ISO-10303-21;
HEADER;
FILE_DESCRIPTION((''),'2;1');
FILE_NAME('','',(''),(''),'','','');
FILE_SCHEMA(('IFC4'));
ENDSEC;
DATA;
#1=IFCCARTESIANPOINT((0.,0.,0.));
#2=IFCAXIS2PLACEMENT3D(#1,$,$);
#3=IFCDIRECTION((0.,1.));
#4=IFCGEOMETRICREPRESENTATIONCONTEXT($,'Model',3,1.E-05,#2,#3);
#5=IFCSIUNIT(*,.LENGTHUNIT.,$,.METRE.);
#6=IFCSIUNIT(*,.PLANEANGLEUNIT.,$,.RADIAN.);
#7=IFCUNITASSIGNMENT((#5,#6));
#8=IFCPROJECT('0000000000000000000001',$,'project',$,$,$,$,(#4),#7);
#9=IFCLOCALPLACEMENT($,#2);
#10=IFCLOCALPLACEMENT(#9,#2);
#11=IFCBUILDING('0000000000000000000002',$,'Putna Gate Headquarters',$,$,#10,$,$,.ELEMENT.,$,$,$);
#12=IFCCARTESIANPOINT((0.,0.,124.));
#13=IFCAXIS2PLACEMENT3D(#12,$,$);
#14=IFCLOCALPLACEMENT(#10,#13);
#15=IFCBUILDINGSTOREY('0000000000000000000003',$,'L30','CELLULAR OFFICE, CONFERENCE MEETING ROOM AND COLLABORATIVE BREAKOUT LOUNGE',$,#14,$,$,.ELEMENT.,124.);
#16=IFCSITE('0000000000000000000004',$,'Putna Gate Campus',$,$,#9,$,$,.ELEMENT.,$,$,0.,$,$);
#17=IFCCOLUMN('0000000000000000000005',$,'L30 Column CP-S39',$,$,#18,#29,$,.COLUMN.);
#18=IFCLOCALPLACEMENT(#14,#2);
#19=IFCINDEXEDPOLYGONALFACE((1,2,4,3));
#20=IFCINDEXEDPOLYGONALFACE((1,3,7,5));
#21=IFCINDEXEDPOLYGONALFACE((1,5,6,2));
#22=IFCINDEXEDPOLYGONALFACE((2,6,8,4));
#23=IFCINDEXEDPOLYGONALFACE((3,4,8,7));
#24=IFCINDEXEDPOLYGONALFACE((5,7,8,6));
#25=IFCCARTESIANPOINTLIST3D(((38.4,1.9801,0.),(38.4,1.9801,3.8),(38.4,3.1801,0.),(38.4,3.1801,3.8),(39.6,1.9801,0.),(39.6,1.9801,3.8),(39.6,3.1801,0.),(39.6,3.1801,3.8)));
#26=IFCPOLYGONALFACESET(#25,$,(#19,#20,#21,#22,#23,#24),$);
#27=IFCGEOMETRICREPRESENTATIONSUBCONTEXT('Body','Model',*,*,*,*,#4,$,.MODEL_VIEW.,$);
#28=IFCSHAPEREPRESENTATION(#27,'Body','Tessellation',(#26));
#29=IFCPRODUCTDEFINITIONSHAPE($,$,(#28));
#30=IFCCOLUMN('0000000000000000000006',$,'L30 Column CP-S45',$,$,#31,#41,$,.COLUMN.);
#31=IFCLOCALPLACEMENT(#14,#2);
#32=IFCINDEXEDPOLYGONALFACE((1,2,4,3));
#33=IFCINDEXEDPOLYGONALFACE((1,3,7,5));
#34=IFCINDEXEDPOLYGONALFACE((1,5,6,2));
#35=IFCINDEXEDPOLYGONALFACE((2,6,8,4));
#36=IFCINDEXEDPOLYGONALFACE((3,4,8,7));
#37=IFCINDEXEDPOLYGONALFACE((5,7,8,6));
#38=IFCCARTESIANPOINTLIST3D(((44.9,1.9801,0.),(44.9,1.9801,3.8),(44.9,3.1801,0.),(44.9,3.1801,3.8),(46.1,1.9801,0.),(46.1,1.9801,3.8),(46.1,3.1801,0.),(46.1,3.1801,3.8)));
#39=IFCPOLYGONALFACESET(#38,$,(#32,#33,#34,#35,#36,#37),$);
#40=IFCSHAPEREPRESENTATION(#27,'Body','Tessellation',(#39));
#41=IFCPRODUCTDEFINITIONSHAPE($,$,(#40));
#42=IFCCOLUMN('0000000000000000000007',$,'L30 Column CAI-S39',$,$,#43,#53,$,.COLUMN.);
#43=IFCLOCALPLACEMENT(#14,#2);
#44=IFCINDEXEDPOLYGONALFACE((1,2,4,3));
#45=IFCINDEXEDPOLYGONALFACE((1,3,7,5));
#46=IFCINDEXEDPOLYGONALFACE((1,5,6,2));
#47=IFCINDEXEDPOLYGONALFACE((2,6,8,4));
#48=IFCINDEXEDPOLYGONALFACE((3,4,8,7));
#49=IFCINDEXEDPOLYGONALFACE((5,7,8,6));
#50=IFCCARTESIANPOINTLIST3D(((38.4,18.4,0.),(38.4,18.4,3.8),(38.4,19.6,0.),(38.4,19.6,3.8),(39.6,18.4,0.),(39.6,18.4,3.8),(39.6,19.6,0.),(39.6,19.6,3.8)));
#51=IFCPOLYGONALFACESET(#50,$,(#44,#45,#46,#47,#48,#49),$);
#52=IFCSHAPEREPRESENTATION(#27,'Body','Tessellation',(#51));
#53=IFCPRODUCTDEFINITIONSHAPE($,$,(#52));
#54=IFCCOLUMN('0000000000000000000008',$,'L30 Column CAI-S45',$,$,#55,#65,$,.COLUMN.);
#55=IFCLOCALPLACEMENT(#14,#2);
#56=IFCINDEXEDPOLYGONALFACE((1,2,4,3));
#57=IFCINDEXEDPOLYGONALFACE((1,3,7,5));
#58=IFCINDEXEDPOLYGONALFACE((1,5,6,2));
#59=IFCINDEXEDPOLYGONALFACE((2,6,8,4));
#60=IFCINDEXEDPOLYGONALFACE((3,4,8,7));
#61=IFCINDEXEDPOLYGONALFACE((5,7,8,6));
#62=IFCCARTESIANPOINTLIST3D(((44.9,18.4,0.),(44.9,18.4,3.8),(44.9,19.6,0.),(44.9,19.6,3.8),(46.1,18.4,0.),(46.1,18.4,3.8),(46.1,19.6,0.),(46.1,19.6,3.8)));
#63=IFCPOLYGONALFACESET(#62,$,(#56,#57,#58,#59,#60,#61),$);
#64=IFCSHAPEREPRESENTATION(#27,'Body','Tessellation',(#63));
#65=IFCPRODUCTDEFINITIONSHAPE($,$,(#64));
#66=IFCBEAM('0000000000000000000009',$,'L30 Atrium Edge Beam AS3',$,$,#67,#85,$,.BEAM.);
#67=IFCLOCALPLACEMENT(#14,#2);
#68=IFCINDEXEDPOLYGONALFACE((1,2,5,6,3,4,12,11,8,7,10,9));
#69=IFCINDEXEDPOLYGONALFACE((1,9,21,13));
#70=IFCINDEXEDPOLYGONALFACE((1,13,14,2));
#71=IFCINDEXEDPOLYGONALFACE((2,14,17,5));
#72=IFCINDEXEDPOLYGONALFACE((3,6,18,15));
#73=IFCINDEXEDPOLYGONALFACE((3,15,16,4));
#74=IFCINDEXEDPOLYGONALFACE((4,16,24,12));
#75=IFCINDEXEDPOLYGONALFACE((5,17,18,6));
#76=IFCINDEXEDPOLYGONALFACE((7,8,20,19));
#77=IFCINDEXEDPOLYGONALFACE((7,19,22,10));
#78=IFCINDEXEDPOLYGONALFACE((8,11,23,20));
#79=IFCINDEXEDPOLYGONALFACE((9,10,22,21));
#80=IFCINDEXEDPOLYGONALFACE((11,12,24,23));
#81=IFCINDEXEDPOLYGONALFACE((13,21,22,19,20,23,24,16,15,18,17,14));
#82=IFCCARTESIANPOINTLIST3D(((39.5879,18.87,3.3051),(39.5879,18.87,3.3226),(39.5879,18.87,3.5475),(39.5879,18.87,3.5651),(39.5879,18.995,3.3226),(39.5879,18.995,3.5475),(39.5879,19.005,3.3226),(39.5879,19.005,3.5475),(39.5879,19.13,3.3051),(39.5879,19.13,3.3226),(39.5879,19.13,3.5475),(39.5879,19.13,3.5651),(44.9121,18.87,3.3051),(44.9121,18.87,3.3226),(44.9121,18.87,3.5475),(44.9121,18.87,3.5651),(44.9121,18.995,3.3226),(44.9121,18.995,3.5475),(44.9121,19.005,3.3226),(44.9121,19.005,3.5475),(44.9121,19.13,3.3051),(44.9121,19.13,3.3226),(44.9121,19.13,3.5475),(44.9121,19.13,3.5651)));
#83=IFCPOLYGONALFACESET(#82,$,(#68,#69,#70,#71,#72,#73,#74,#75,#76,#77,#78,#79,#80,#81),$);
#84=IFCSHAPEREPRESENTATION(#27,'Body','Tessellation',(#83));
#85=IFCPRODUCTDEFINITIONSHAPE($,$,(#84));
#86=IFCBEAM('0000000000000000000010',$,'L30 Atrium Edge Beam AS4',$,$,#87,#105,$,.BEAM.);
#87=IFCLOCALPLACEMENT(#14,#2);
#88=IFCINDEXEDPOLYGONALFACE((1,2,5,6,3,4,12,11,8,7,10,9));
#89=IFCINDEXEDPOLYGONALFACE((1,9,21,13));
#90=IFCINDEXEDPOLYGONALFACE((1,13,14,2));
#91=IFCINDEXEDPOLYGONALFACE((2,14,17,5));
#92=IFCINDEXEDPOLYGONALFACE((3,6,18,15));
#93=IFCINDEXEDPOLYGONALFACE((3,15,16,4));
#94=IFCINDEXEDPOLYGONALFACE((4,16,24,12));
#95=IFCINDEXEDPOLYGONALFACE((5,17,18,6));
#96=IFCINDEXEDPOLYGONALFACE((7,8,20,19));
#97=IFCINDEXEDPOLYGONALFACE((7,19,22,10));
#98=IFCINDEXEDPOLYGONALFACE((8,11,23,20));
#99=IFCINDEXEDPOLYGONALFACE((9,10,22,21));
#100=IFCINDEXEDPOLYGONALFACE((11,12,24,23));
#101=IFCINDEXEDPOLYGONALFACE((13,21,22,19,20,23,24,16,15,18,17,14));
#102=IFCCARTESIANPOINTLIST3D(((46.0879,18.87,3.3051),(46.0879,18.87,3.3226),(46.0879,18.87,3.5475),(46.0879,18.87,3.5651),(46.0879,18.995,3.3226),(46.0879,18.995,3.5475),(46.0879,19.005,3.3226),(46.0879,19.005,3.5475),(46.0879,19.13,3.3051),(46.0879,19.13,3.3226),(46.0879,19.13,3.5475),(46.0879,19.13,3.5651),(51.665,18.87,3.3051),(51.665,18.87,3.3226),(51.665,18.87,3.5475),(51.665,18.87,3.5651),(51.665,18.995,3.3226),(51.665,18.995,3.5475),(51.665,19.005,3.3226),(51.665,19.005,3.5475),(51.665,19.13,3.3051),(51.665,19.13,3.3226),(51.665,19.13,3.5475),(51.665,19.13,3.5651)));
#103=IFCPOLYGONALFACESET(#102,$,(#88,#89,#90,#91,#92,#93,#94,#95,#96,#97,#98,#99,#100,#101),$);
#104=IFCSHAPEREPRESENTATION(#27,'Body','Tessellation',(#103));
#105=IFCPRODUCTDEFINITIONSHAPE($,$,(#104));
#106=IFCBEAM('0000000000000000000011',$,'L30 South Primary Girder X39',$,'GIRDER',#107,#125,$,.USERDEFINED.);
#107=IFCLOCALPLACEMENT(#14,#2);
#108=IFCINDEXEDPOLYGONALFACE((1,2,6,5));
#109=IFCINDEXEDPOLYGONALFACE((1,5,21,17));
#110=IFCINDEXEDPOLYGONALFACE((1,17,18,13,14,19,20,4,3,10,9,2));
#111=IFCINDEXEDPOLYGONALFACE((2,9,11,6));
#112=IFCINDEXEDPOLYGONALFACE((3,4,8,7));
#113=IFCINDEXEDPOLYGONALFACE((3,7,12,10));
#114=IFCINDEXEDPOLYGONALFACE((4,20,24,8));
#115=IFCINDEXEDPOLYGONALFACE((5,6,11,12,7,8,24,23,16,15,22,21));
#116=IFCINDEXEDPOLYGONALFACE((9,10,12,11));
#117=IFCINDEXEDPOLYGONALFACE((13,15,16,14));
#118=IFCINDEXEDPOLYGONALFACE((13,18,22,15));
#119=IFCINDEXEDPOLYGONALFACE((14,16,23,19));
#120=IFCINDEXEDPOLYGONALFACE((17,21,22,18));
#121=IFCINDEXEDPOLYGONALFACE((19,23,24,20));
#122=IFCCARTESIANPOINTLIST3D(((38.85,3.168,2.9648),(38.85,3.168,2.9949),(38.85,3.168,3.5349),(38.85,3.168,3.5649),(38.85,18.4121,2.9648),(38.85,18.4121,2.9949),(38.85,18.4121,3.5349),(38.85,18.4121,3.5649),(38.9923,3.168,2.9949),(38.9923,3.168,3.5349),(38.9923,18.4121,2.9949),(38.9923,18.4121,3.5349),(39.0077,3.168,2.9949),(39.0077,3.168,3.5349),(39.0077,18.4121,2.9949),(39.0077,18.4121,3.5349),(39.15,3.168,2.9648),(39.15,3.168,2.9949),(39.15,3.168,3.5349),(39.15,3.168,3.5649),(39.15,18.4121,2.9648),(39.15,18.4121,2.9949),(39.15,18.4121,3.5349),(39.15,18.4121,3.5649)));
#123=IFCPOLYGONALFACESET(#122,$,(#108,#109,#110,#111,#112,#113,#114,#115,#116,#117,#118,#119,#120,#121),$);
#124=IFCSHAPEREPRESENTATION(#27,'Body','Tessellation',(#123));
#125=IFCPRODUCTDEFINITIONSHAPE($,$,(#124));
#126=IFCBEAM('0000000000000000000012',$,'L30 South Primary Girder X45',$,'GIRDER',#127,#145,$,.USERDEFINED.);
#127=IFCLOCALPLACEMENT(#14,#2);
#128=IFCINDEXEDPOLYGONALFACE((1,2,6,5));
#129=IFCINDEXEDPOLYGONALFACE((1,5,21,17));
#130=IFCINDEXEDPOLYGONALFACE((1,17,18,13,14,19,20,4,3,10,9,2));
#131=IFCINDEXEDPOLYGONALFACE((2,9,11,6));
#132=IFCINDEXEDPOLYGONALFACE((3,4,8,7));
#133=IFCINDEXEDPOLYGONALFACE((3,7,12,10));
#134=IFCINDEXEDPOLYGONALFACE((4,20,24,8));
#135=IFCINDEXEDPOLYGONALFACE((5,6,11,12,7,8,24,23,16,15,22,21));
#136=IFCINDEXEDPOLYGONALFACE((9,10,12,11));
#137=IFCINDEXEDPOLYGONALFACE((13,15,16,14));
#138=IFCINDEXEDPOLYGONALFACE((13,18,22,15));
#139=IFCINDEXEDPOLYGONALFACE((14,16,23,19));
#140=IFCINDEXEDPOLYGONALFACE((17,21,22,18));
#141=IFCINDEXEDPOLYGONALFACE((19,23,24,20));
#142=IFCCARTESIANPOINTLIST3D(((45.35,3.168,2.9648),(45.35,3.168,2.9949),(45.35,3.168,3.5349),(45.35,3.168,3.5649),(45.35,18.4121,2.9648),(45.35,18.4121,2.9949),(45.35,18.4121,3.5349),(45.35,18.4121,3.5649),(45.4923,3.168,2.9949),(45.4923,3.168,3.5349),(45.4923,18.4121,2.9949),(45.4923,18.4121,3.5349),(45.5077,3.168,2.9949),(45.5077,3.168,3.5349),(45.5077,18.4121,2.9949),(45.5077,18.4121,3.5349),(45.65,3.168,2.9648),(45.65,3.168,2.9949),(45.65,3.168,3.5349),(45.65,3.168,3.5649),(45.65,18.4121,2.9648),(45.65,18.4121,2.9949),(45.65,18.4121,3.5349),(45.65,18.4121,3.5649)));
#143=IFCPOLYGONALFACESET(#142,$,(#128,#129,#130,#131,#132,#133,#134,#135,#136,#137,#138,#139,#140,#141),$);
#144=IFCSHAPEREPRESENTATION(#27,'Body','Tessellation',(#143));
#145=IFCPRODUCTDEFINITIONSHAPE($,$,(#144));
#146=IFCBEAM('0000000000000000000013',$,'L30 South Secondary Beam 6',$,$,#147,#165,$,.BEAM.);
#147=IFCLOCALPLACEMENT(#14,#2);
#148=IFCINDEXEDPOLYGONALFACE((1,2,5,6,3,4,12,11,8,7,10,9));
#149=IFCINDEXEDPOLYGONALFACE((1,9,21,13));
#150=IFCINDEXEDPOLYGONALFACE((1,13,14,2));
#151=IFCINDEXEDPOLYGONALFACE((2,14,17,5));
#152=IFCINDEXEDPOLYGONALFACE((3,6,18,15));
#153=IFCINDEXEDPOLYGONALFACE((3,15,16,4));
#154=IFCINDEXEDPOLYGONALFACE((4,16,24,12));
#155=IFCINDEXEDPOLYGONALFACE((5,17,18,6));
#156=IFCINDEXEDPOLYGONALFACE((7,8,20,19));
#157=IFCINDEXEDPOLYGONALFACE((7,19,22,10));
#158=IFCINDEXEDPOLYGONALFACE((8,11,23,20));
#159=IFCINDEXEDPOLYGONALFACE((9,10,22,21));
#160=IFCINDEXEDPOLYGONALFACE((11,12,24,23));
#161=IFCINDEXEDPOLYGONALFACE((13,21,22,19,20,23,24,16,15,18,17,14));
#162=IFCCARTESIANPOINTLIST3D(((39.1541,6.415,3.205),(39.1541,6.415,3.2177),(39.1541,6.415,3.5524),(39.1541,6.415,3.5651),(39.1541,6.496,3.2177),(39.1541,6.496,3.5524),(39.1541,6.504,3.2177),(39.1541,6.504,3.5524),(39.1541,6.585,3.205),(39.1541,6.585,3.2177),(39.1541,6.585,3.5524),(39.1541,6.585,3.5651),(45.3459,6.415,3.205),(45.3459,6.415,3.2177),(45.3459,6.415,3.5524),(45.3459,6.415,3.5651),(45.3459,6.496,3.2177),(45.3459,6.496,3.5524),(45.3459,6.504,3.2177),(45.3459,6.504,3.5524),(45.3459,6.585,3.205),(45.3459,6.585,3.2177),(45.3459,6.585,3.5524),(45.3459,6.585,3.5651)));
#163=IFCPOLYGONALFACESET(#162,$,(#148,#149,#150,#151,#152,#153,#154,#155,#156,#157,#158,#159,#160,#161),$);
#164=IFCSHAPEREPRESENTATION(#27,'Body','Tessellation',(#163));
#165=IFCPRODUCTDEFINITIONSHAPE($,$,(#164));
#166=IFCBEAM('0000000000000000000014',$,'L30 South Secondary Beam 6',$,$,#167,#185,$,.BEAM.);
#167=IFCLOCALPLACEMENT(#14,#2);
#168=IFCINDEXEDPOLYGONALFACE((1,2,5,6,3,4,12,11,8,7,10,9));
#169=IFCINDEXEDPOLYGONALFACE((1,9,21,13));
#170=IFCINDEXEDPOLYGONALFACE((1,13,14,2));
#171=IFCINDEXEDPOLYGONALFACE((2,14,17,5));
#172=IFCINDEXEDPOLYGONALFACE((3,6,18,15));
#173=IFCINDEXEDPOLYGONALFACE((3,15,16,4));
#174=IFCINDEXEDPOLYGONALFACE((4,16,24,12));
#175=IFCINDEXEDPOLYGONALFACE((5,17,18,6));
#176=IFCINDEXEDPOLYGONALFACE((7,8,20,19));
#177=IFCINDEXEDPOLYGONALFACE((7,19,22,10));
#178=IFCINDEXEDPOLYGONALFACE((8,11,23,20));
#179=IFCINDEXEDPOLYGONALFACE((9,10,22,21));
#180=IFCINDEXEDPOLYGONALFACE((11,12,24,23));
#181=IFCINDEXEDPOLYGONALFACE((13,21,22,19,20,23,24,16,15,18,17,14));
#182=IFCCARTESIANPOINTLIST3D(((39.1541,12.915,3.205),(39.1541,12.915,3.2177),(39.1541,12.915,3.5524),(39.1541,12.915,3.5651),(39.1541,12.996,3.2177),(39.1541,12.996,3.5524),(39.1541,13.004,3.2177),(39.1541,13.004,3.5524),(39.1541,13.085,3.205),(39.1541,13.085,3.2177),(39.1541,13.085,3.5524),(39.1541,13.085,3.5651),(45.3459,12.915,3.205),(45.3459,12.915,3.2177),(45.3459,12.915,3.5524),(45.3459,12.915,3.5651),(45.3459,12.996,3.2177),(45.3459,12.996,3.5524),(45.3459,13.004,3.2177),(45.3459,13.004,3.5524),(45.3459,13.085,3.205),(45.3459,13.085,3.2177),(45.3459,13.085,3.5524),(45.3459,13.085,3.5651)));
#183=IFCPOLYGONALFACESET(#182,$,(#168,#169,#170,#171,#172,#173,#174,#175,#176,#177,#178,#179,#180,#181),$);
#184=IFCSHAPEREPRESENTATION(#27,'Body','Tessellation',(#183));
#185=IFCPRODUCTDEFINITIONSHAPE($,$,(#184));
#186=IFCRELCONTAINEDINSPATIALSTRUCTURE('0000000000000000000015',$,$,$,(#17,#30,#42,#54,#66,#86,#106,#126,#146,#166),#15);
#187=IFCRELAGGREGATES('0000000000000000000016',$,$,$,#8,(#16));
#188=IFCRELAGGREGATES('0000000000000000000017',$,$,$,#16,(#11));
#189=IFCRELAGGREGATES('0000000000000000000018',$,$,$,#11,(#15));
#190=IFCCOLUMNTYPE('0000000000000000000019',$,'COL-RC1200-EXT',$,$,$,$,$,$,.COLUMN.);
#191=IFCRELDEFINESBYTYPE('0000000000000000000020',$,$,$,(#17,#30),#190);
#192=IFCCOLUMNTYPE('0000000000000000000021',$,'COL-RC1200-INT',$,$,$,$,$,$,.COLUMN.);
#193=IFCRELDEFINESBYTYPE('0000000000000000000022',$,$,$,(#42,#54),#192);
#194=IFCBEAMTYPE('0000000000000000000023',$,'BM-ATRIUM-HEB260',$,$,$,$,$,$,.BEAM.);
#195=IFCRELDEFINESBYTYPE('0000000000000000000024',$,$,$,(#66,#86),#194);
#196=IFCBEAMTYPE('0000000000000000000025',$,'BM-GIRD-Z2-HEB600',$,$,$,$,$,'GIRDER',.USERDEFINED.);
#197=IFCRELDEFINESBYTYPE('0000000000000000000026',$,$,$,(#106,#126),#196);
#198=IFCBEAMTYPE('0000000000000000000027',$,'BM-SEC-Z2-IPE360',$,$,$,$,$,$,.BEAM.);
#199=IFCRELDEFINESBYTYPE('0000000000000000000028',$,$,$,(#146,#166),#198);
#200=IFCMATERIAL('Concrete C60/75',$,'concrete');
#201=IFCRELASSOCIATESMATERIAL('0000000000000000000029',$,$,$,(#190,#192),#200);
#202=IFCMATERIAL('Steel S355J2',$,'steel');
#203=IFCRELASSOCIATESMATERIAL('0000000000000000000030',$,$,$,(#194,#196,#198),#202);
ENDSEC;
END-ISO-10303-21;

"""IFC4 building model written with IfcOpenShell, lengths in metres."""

from ifc_helpers import new_model, si_unit, direction, frame, origin, origin_2d, place, context, subcontext, project, spatial, rectangle, i_section, extrude, material, material_profile, profile_set, type_object, element, save


model = new_model("IFC4")

# Units and contexts
model_context = context("Model", 3, precision=1e-05, world=origin(), true_north=direction((0.0, 1.0)))
body_context = subcontext(model_context, "Body", "Model", "MODEL_VIEW")
ifc_project = project(units=[si_unit("LENGTHUNIT", "METRE"), si_unit("PLANEANGLEUNIT", "RADIAN")], contexts=[model_context])

# Site, building, storey
site_placement = place(None, origin())
site = spatial("IfcSite", under=ifc_project, at=site_placement, Name="Putna Gate Campus", CompositionType="ELEMENT", RefElevation=0.0)
building_placement = place(site_placement, origin())
building = spatial("IfcBuilding", under=site, at=building_placement, Name="Putna Gate Headquarters", CompositionType="ELEMENT")
storey_placement = place(building_placement, frame((0.0, 0.0, 124.0)))
storey = spatial("IfcBuildingStorey", under=building, at=storey_placement, Name="L30", Description="CELLULAR OFFICE, CONFERENCE MEETING ROOM AND COLLABORATIVE BREAKOUT LOUNGE", CompositionType="ELEMENT", Elevation=124.0)

# Columns
ifc_material_1 = material(Name="Concrete C60/75", Category="concrete")
ifc_material_profile_1 = material_profile(ifc_material_1, rectangle(XDim=1.2, YDim=1.2, at=origin_2d()), Name="Concrete C60/75")
ifc_profile_set_1 = profile_set([ifc_material_profile_1], Name="Concrete C60/75")
column_type_1 = type_object("IfcColumnType", Name="COL-RC1200-EXT", PredefinedType="COLUMN", material=ifc_profile_set_1)
for number, where, z_axis, x_axis, name in (
    (1, (39.0, 2.5801, 0.0), (0.0, 0.0, 1.0), (1.0, 0.0, 0.0), "L30 Column CP-S39"),
    (2, (45.5, 2.5801, 0.0), (0.0, 0.0, 1.0), (1.0, 0.0, 0.0), "L30 Column CP-S45"),
):
    element("IfcColumn", number, at=place(storey_placement, frame(where, z_axis=z_axis, x_axis=x_axis)), inside=storey, type_object=column_type_1, Name=name, PredefinedType="COLUMN", context=body_context, shape_type="SweptSolid", body=[
        extrude(rectangle(XDim=1.2, YDim=1.2, at=origin_2d()), origin(), (0.0, 0.0, 1.0), 3.8),
    ])
ifc_material_profile_2 = material_profile(ifc_material_1, rectangle(XDim=1.2, YDim=1.2, at=origin_2d()), Name="Concrete C60/75")
ifc_profile_set_2 = profile_set([ifc_material_profile_2], Name="Concrete C60/75")
column_type_2 = type_object("IfcColumnType", Name="COL-RC1200-INT", PredefinedType="COLUMN", material=ifc_profile_set_2)
for number, where, z_axis, x_axis, name in (
    (3, (39.0, 19.0, 0.0), (0.0, 0.0, 1.0), (1.0, 0.0, 0.0), "L30 Column CAI-S39"),
    (4, (45.5, 19.0, 0.0), (0.0, 0.0, 1.0), (1.0, 0.0, 0.0), "L30 Column CAI-S45"),
):
    element("IfcColumn", number, at=place(storey_placement, frame(where, z_axis=z_axis, x_axis=x_axis)), inside=storey, type_object=column_type_2, Name=name, PredefinedType="COLUMN", context=body_context, shape_type="SweptSolid", body=[
        extrude(rectangle(XDim=1.2, YDim=1.2, at=origin_2d()), origin(), (0.0, 0.0, 1.0), 3.8),
    ])

# Beams
ifc_material_2 = material(Name="Steel S355J2", Category="steel")
ifc_material_profile_3 = material_profile(ifc_material_2, i_section(OverallWidth=0.26, OverallDepth=0.26, WebThickness=0.01, FlangeThickness=0.0176, at=origin_2d()), Name="Steel S355J2")
ifc_profile_set_3 = profile_set([ifc_material_profile_3], Name="Steel S355J2")
beam_type_1 = type_object("IfcBeamType", Name="BM-ATRIUM-HEB260", PredefinedType="BEAM", material=ifc_profile_set_3)
beam_1_placement = place(storey_placement, frame((39.5879, 19.0, 3.4351), z_axis=(1.0, 0.0, 0.0), x_axis=(0.0, 1.0, 0.0)))
element("IfcBeam", 5, at=beam_1_placement, inside=storey, type_object=beam_type_1, Name="L30 Atrium Edge Beam AS3", PredefinedType="BEAM", context=body_context, shape_type="SweptSolid", body=[
    extrude(i_section(OverallWidth=0.26, OverallDepth=0.26, WebThickness=0.01, FlangeThickness=0.0176, at=origin_2d()), origin(), (0.0, 0.0, 1.0), 5.3242),
])
beam_2_placement = place(storey_placement, frame((46.0879, 19.0, 3.4351), z_axis=(1.0, 0.0, 0.0), x_axis=(0.0, 1.0, 0.0)))
element("IfcBeam", 6, at=beam_2_placement, inside=storey, type_object=beam_type_1, Name="L30 Atrium Edge Beam AS4", PredefinedType="BEAM", context=body_context, shape_type="SweptSolid", body=[
    extrude(i_section(OverallWidth=0.26, OverallDepth=0.26, WebThickness=0.01, FlangeThickness=0.0176, at=origin_2d()), origin(), (0.0, 0.0, 1.0), 5.5771),
])
ifc_material_profile_4 = material_profile(ifc_material_2, i_section(OverallWidth=0.3, OverallDepth=0.6001, WebThickness=0.0154, FlangeThickness=0.03, at=origin_2d()), Name="Steel S355J2")
ifc_profile_set_4 = profile_set([ifc_material_profile_4], Name="Steel S355J2")
beam_type_2 = type_object("IfcBeamType", Name="BM-GIRD-Z2-HEB600", ElementType="GIRDER", PredefinedType="USERDEFINED", material=ifc_profile_set_4)
for number, where, z_axis, x_axis, name in (
    (7, (39.0, 3.168, 3.2649), (0.0, 1.0, 0.0), (-1.0, 0.0, 0.0), "L30 South Primary Girder X39"),
    (8, (45.5, 3.168, 3.2649), (0.0, 1.0, 0.0), (-1.0, 0.0, 0.0), "L30 South Primary Girder X45"),
):
    element("IfcBeam", number, at=place(storey_placement, frame(where, z_axis=z_axis, x_axis=x_axis)), inside=storey, type_object=beam_type_2, Name=name, ObjectType="GIRDER", PredefinedType="USERDEFINED", context=body_context, shape_type="SweptSolid", body=[
        extrude(i_section(OverallWidth=0.3, OverallDepth=0.6001, WebThickness=0.0154, FlangeThickness=0.03, at=origin_2d()), origin(), (0.0, 0.0, 1.0), 15.2441),
    ])
ifc_material_profile_5 = material_profile(ifc_material_2, i_section(OverallWidth=0.1699, OverallDepth=0.3601, WebThickness=0.0081, FlangeThickness=0.0127, at=origin_2d()), Name="Steel S355J2")
ifc_profile_set_5 = profile_set([ifc_material_profile_5], Name="Steel S355J2")
beam_type_3 = type_object("IfcBeamType", Name="BM-SEC-Z2-IPE360", PredefinedType="BEAM", material=ifc_profile_set_5)
for number, where, z_axis, x_axis, name in (
    (9, (39.1541, 6.5, 3.385), (1.0, 0.0, 0.0), (0.0, 1.0, 0.0), "L30 South Secondary Beam 6"),
    (10, (39.1541, 13.0, 3.385), (1.0, 0.0, 0.0), (0.0, 1.0, 0.0), "L30 South Secondary Beam 6"),
):
    element("IfcBeam", number, at=place(storey_placement, frame(where, z_axis=z_axis, x_axis=x_axis)), inside=storey, type_object=beam_type_3, Name=name, PredefinedType="BEAM", context=body_context, shape_type="SweptSolid", body=[
        extrude(i_section(OverallWidth=0.1699, OverallDepth=0.3601, WebThickness=0.0081, FlangeThickness=0.0127, at=origin_2d()), origin(), (0.0, 0.0, 1.0), 6.1919),
    ])

save(model, "model.ifc")
